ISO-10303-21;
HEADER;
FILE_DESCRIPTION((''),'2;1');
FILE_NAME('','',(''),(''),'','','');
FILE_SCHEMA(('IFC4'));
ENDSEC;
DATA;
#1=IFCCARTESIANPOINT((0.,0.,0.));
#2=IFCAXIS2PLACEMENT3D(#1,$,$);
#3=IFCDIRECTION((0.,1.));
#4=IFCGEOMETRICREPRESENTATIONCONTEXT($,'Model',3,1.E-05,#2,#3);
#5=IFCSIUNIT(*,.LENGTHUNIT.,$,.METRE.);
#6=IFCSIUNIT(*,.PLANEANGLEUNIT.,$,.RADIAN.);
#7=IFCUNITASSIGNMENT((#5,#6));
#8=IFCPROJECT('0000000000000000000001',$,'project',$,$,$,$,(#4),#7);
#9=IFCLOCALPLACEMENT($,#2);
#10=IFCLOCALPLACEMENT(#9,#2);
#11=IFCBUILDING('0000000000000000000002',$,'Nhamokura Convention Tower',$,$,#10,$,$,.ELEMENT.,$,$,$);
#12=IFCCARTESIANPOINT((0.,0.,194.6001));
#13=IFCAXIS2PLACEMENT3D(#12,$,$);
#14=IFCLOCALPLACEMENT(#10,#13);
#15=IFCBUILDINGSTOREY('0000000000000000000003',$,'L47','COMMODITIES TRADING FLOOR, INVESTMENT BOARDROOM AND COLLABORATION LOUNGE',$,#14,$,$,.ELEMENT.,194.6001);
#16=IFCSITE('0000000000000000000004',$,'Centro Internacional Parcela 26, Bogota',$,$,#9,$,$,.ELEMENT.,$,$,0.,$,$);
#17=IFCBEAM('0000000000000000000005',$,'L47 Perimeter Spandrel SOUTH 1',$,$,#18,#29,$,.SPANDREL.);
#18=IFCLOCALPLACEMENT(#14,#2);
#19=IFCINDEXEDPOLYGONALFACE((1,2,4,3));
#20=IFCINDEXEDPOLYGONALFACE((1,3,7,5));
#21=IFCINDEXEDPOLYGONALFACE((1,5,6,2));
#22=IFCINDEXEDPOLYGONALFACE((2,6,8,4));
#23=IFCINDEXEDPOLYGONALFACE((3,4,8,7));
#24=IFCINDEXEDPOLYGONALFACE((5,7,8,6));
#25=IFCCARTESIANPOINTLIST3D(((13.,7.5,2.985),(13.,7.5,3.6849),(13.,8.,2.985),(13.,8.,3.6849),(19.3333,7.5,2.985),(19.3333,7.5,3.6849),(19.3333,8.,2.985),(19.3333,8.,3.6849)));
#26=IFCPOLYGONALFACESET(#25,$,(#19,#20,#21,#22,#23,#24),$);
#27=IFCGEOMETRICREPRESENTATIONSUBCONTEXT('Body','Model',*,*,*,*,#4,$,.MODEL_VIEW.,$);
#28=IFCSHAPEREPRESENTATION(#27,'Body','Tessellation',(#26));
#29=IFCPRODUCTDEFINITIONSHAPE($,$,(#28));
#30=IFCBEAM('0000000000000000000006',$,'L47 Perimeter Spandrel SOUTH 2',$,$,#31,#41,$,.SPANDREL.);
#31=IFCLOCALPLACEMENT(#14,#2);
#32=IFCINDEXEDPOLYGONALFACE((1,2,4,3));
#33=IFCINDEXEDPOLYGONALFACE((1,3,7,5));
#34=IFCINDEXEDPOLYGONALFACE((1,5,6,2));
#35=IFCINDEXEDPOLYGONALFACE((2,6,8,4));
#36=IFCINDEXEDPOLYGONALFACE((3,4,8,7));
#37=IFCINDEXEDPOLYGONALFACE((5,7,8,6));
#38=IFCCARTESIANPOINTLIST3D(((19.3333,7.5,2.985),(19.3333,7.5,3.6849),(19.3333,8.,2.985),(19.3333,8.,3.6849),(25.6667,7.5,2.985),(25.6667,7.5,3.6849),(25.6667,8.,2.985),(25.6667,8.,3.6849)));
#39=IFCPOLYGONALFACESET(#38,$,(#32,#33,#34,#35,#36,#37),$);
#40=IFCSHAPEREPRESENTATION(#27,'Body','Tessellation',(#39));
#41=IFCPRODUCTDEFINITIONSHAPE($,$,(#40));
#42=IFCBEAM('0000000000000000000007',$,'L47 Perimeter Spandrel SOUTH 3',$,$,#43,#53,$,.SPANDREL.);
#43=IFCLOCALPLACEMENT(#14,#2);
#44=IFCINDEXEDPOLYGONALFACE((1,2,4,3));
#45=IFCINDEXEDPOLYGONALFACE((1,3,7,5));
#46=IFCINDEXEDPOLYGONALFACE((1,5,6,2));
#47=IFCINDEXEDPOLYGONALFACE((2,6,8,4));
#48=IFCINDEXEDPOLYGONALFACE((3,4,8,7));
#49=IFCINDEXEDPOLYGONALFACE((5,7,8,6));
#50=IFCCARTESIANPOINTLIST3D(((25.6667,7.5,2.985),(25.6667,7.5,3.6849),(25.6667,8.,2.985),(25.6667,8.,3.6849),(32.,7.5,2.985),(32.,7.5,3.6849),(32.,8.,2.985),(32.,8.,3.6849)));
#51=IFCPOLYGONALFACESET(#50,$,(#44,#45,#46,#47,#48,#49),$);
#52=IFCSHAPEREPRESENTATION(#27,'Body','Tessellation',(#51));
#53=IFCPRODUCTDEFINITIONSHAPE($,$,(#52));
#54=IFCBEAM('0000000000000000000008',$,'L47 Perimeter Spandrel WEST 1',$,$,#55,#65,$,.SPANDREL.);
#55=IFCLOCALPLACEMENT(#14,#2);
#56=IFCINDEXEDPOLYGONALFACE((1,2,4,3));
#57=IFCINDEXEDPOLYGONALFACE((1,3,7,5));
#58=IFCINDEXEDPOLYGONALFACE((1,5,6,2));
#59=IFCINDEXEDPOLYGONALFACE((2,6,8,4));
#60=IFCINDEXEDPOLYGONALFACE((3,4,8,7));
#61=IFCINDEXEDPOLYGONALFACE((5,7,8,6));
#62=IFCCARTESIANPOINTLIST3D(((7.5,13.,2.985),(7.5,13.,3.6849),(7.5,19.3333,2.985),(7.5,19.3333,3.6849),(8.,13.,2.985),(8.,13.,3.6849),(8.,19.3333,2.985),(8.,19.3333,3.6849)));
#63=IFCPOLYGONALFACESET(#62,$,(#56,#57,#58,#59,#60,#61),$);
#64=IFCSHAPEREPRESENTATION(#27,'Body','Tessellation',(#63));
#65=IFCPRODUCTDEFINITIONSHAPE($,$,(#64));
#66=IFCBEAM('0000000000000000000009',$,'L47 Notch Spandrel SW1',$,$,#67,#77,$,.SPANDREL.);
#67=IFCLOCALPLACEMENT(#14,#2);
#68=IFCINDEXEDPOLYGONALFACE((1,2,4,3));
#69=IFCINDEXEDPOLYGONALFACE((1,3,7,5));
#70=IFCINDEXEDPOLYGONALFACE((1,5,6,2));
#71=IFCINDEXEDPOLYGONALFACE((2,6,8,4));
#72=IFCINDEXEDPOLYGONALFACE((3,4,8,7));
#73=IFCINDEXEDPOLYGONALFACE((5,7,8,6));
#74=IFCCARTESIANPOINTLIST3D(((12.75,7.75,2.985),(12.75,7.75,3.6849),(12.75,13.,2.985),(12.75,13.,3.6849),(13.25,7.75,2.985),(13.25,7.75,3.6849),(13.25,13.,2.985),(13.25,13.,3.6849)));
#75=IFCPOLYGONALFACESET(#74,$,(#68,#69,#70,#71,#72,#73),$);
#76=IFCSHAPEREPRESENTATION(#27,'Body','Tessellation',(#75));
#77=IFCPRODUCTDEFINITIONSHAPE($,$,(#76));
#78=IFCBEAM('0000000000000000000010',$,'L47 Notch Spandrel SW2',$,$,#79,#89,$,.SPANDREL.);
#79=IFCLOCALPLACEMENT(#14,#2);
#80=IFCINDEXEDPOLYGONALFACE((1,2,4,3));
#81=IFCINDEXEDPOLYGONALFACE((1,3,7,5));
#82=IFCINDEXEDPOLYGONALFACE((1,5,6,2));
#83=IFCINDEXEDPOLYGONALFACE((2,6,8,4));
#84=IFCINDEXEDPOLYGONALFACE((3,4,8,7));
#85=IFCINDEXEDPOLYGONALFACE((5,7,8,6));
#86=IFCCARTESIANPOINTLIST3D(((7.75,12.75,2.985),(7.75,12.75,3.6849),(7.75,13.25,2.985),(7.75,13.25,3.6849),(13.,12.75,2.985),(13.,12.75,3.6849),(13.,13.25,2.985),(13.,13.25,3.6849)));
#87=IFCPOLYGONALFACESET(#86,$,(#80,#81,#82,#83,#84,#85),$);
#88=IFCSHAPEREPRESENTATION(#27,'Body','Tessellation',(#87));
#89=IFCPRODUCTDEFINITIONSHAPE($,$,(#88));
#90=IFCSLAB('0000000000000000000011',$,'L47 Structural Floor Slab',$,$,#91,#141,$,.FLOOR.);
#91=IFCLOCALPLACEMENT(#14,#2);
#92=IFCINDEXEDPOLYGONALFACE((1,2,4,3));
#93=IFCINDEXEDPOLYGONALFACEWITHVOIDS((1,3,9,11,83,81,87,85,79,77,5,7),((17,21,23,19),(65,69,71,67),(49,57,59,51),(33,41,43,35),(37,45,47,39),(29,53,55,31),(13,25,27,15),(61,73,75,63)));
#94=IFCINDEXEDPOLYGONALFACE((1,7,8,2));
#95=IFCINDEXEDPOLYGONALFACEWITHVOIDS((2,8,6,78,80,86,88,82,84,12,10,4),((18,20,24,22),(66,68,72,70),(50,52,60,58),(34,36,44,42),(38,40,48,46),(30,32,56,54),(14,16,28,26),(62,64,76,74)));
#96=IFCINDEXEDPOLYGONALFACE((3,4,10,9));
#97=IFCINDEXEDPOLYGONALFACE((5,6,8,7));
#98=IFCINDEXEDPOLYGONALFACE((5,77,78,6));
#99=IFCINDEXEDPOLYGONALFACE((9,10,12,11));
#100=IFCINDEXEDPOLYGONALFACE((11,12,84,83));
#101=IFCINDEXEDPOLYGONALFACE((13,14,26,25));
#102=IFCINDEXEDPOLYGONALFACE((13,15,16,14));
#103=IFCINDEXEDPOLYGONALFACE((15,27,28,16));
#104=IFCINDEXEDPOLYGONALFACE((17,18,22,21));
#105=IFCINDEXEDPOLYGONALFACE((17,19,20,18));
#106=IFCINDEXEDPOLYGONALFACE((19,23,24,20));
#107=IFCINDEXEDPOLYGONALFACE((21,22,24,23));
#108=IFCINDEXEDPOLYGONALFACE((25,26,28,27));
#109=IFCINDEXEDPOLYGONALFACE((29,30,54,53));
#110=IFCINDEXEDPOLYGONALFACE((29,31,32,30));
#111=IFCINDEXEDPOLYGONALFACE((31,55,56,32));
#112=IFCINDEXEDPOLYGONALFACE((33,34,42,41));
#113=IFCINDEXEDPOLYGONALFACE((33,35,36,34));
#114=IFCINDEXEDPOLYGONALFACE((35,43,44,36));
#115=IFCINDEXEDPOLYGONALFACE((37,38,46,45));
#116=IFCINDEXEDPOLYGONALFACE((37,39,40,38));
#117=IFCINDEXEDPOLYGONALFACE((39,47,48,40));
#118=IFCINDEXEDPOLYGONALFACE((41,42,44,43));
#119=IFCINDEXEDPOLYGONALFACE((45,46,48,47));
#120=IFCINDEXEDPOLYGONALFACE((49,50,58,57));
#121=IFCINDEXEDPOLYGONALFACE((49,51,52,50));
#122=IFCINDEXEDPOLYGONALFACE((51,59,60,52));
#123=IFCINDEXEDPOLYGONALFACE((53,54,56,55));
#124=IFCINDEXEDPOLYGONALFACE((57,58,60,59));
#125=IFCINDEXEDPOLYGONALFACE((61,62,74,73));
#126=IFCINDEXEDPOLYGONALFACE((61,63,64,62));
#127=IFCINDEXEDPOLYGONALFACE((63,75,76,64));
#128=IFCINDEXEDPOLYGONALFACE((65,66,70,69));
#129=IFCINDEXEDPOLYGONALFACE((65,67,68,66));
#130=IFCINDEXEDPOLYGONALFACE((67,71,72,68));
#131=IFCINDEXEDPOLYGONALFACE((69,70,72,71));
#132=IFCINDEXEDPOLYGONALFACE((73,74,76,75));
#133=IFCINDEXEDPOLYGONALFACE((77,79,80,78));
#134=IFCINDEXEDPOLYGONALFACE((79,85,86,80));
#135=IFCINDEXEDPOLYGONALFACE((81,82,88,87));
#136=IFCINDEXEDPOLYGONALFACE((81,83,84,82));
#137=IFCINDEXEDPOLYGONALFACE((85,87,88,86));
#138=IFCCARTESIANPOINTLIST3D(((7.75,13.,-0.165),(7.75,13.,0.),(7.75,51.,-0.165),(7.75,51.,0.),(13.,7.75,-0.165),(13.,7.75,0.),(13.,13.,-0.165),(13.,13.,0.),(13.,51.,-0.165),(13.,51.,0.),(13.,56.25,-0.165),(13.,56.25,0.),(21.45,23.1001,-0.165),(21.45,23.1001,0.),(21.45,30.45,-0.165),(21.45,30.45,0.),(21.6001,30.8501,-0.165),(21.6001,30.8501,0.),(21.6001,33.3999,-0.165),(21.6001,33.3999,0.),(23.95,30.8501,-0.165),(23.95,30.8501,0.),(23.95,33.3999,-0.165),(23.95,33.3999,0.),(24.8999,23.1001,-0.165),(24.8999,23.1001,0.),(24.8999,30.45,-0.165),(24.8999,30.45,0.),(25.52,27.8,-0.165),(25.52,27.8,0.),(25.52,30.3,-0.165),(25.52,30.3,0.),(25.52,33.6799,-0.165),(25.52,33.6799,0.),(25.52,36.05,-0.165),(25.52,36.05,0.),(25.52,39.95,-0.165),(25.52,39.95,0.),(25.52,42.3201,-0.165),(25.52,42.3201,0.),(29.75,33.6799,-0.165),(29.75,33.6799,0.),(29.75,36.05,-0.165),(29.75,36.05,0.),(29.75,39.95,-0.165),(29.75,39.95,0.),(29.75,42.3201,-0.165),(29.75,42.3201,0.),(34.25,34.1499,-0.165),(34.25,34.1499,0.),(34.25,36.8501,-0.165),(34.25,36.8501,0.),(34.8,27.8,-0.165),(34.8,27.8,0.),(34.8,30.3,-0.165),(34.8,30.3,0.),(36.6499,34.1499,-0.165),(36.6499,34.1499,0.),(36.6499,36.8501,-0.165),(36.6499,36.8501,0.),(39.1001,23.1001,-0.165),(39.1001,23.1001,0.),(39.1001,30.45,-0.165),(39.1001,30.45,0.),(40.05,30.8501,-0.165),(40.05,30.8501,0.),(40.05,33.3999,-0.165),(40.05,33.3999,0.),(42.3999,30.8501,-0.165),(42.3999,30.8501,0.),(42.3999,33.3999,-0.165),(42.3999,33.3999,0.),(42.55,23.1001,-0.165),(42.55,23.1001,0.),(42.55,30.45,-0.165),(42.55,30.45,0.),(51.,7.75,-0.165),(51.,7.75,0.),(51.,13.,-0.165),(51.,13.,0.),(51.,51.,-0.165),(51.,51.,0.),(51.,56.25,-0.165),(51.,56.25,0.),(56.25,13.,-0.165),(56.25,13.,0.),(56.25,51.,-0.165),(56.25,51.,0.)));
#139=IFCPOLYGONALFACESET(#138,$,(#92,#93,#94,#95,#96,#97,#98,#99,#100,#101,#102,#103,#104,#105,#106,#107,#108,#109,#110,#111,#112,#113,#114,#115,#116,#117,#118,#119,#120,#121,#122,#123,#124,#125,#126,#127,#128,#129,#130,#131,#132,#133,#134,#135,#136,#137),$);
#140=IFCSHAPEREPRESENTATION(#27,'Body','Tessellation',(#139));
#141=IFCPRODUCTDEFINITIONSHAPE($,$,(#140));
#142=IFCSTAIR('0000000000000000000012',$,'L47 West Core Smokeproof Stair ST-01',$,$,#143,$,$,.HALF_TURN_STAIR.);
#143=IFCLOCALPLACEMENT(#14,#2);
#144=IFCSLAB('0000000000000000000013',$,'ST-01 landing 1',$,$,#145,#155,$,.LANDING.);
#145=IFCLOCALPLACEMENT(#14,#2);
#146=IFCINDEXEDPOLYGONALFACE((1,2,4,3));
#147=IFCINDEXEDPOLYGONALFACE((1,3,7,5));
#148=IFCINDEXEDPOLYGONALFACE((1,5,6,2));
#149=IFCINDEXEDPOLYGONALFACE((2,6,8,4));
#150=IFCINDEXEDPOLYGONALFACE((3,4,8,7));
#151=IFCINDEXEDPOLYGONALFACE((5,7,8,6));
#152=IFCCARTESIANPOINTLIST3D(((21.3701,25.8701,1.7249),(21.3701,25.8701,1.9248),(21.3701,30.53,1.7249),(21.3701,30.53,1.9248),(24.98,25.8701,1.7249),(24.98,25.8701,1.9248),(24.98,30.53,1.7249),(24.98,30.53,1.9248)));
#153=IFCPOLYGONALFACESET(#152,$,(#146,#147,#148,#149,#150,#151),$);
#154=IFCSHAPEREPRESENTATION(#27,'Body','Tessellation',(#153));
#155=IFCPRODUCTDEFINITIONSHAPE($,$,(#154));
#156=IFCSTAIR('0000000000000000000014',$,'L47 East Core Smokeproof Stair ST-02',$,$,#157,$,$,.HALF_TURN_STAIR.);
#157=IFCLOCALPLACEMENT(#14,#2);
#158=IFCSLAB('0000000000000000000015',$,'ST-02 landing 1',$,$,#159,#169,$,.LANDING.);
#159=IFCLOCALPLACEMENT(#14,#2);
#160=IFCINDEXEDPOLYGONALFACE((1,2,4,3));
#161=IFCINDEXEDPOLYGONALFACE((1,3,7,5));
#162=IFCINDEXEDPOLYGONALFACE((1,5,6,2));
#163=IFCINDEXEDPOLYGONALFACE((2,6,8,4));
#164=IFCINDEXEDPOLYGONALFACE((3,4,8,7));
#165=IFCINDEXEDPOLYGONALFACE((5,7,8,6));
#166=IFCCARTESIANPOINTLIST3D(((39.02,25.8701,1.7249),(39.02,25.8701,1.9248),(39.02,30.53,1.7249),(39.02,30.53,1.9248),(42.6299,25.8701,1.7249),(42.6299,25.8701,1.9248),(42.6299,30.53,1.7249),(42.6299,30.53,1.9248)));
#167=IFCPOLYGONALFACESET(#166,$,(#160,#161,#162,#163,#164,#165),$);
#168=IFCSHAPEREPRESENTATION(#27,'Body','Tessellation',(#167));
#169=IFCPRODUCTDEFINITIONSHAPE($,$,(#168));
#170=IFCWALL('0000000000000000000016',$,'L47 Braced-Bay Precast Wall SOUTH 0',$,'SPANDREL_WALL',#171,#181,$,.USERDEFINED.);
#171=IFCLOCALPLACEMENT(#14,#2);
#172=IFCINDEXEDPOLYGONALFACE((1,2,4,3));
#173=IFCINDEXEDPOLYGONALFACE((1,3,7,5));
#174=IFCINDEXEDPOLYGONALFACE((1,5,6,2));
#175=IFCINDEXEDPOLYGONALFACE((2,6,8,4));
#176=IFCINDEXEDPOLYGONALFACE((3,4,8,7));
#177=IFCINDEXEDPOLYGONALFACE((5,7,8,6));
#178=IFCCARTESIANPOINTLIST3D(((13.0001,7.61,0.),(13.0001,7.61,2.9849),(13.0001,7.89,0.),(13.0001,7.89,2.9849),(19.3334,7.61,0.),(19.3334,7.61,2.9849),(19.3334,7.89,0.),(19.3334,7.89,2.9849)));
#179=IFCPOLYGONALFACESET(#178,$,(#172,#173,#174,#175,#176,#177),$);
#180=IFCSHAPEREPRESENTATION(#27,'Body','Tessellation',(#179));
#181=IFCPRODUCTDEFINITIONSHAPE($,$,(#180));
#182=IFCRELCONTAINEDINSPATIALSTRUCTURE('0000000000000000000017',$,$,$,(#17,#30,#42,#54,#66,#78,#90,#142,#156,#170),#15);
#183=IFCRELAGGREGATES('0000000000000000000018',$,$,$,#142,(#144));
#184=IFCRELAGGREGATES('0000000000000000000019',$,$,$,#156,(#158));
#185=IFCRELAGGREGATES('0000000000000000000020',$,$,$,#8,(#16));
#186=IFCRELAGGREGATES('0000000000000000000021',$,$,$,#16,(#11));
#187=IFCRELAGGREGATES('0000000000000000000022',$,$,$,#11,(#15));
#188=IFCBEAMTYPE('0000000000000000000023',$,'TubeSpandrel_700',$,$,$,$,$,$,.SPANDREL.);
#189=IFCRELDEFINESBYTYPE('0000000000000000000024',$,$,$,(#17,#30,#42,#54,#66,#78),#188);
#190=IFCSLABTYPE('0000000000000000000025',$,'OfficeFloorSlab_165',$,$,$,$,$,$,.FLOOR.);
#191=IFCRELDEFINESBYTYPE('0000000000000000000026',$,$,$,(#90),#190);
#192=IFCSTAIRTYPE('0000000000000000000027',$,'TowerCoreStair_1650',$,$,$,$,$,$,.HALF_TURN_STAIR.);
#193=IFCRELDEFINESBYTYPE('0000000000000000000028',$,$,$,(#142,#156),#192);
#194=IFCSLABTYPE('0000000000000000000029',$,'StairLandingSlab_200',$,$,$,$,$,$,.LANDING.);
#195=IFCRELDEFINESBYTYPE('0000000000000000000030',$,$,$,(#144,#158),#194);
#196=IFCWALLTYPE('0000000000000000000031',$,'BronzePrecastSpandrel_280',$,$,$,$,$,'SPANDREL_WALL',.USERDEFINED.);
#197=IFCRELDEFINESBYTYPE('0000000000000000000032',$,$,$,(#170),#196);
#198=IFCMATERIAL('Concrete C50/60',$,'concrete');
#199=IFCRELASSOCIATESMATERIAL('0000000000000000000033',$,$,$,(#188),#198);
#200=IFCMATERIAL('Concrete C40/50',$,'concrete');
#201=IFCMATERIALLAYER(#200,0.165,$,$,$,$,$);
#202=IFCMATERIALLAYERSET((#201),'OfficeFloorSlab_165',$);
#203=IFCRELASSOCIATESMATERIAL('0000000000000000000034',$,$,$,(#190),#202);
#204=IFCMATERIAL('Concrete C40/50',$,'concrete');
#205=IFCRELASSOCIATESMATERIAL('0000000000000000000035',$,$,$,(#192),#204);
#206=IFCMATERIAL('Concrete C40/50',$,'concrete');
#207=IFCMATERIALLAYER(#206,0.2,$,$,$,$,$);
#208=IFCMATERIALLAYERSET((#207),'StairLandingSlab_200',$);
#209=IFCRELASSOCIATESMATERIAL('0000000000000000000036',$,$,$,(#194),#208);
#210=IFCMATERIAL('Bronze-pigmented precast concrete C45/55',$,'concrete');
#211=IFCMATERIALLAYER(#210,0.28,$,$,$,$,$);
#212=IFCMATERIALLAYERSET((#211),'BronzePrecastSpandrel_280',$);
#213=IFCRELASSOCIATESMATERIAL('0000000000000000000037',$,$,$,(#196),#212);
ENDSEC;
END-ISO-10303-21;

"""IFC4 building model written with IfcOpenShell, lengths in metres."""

from ifc_helpers import new_model, si_unit, direction, frame, frame_2d, origin, origin_2d, place, context, subcontext, project, spatial, polyline, rectangle, outline, extrude, material, layer, layer_set, material_profile, profile_set, type_object, element, aggregate, save


model = new_model("IFC4")

# Units and contexts
model_context = context("Model", 3, precision=1e-05, world=origin(), true_north=direction((0.0, 1.0)))
body_context = subcontext(model_context, "Body", "Model", "MODEL_VIEW")
ifc_project = project(units=[si_unit("LENGTHUNIT", "METRE"), si_unit("PLANEANGLEUNIT", "RADIAN")], contexts=[model_context])

# Site, building, storey
site_placement = place(None, origin())
site = spatial("IfcSite", under=ifc_project, at=site_placement, Name="Centro Internacional Parcela 26, Bogota", CompositionType="ELEMENT", RefElevation=0.0)
building_placement = place(site_placement, origin())
building = spatial("IfcBuilding", under=site, at=building_placement, Name="Nhamokura Convention Tower", CompositionType="ELEMENT")
storey_placement = place(building_placement, frame((0.0, 0.0, 194.6001)))
storey = spatial("IfcBuildingStorey", under=building, at=storey_placement, Name="L47", Description="COMMODITIES TRADING FLOOR, INVESTMENT BOARDROOM AND COLLABORATION LOUNGE", CompositionType="ELEMENT", Elevation=194.6001)

# Beams
ifc_material_1 = material(Name="Concrete C50/60", Category="concrete")
ifc_material_profile_1 = material_profile(ifc_material_1, rectangle(XDim=0.5, YDim=0.7, at=origin_2d()))
ifc_profile_set_1 = profile_set([ifc_material_profile_1], Name="Concrete C50/60")
beam_type_1 = type_object("IfcBeamType", Name="TubeSpandrel_700", PredefinedType="SPANDREL", material=ifc_profile_set_1)
beam_1_placement = place(storey_placement, frame((13.0, 7.75, 3.335), z_axis=(1.0, 0.0, 0.0), x_axis=(0.0, 1.0, 0.0)))
element("IfcBeam", 1, at=beam_1_placement, inside=storey, type_object=beam_type_1, Name="L47 Perimeter Spandrel SOUTH 1", PredefinedType="SPANDREL", context=body_context, shape_type="SweptSolid", body=[
    extrude(rectangle(XDim=0.5, YDim=0.7, at=origin_2d()), origin(), (0.0, 0.0, 1.0), 6.3333),
])
beam_2_placement = place(storey_placement, frame((19.3333, 7.75, 3.335), z_axis=(1.0, 0.0, 0.0), x_axis=(0.0, 1.0, 0.0)))
element("IfcBeam", 2, at=beam_2_placement, inside=storey, type_object=beam_type_1, Name="L47 Perimeter Spandrel SOUTH 2", PredefinedType="SPANDREL", context=body_context, shape_type="SweptSolid", body=[
    extrude(rectangle(XDim=0.5, YDim=0.7, at=origin_2d()), origin(), (0.0, 0.0, 1.0), 6.3335),
])
for number, where, z_axis, x_axis, name in (
    (3, (25.6667, 7.75, 3.335), (1.0, 0.0, 0.0), (0.0, 1.0, 0.0), "L47 Perimeter Spandrel SOUTH 3"),
    (4, (7.75, 13.0, 3.335), (0.0, 1.0, 0.0), (-1.0, 0.0, 0.0), "L47 Perimeter Spandrel WEST 1"),
):
    element("IfcBeam", number, at=place(storey_placement, frame(where, z_axis=z_axis, x_axis=x_axis)), inside=storey, type_object=beam_type_1, Name=name, PredefinedType="SPANDREL", context=body_context, shape_type="SweptSolid", body=[
        extrude(rectangle(XDim=0.5, YDim=0.7, at=origin_2d()), origin(), (0.0, 0.0, 1.0), 6.3333),
    ])
for number, where, z_axis, x_axis, name in (
    (5, (13.0, 7.75, 3.335), (0.0, 1.0, 0.0), (-1.0, 0.0, 0.0), "L47 Notch Spandrel SW1"),
    (6, (13.0, 13.0, 3.335), (-1.0, 0.0, 0.0), (0.0, -1.0, 0.0), "L47 Notch Spandrel SW2"),
):
    element("IfcBeam", number, at=place(storey_placement, frame(where, z_axis=z_axis, x_axis=x_axis)), inside=storey, type_object=beam_type_1, Name=name, PredefinedType="SPANDREL", context=body_context, shape_type="SweptSolid", body=[
        extrude(rectangle(XDim=0.5, YDim=0.7, at=origin_2d()), origin(), (0.0, 0.0, 1.0), 5.25),
    ])

# Slab
ifc_material_2 = material(Name="Concrete C40/50", Category="concrete")
ifc_layer_1 = layer(ifc_material_2, 0.165)
ifc_layer_set_1 = layer_set([ifc_layer_1], Name="OfficeFloorSlab_165")
slab_type_1 = type_object("IfcSlabType", Name="OfficeFloorSlab_165", PredefinedType="FLOOR", material=ifc_layer_set_1)
slab_1_placement = place(storey_placement, frame((0.0, 0.0, -0.165)))
element("IfcSlab", 7, at=slab_1_placement, inside=storey, type_object=slab_type_1, Name="L47 Structural Floor Slab", PredefinedType="FLOOR", context=body_context, shape_type="SweptSolid", body=[
    extrude(outline(polyline([(13.0, 7.75), (51.0, 7.75), (51.0, 13.0), (56.25, 13.0), (56.25, 51.0), (51.0, 51.0), (51.0, 56.25), (13.0, 56.25), (13.0, 51.0), (7.75, 51.0), (7.75, 13.0), (13.0, 13.0), (13.0, 7.75)]), holes=[polyline([(24.8999, 23.1001), (24.8999, 30.45), (21.45, 30.45), (21.45, 23.1001), (24.8999, 23.1001)]), polyline([(42.55, 23.1001), (42.55, 30.45), (39.1001, 30.45), (39.1001, 23.1001), (42.55, 23.1001)]), polyline([(21.6001, 30.8501), (23.95, 30.8501), (23.95, 33.3999), (21.6001, 33.3999), (21.6001, 30.8501)]), polyline([(40.05, 30.8501), (42.3999, 30.8501), (42.3999, 33.3999), (40.05, 33.3999), (40.05, 30.8501)]), polyline([(34.25, 34.1499), (36.6499, 34.1499), (36.6499, 36.8501), (34.25, 36.8501), (34.25, 34.1499)]), polyline([(25.52, 27.8), (34.8, 27.8), (34.8, 30.3), (25.52, 30.3), (25.52, 27.8)]), polyline([(25.52, 33.6799), (29.75, 33.6799), (29.75, 36.05), (25.52, 36.05), (25.52, 33.6799)]), polyline([(25.52, 39.95), (29.75, 39.95), (29.75, 42.3201), (25.52, 42.3201), (25.52, 39.95)])]), origin(), (0.0, 0.0, 1.0), 0.165),
])

# Stairs, slabs
ifc_material_3 = material(Name="Concrete C40/50", Category="concrete")
stair_type = type_object("IfcStairType", Name="TowerCoreStair_1650", PredefinedType="HALF_TURN_STAIR", material=ifc_material_3)
stair_1_placement = place(storey_placement, origin())
stair_1 = element("IfcStair", 8, at=stair_1_placement, inside=storey, type_object=stair_type, Name="L47 West Core Smokeproof Stair ST-01", PredefinedType="HALF_TURN_STAIR")
ifc_material_4 = material(Name="Concrete C40/50", Category="concrete")
ifc_layer_2 = layer(ifc_material_4, 0.2)
ifc_layer_set_2 = layer_set([ifc_layer_2], Name="StairLandingSlab_200")
slab_type_2 = type_object("IfcSlabType", Name="StairLandingSlab_200", PredefinedType="LANDING", material=ifc_layer_set_2)
slab_2_placement = place(storey_placement, frame((0.0, 0.0, 1.7249)))
slab_2 = element("IfcSlab", 9, at=slab_2_placement, type_object=slab_type_2, Name="ST-01 landing 1", PredefinedType="LANDING", context=body_context, shape_type="SweptSolid", body=[
    extrude(outline(polyline([(24.98, 25.8701), (24.98, 30.53), (21.3701, 30.53), (21.3701, 25.8701), (24.98, 25.8701)])), origin(), (0.0, 0.0, 1.0), 0.2),
])
aggregate(stair_1, [slab_2])
stair_2_placement = place(storey_placement, origin())
stair_2 = element("IfcStair", 10, at=stair_2_placement, inside=storey, type_object=stair_type, Name="L47 East Core Smokeproof Stair ST-02", PredefinedType="HALF_TURN_STAIR")
slab_3_placement = place(storey_placement, frame((0.0, 0.0, 1.7249)))
slab_3 = element("IfcSlab", 11, at=slab_3_placement, type_object=slab_type_2, Name="ST-02 landing 1", PredefinedType="LANDING", context=body_context, shape_type="SweptSolid", body=[
    extrude(outline(polyline([(42.6299, 25.8701), (42.6299, 30.53), (39.02, 30.53), (39.02, 25.8701), (42.6299, 25.8701)])), origin(), (0.0, 0.0, 1.0), 0.2),
])
aggregate(stair_2, [slab_3])

# Wall
ifc_material_5 = material(Name="Bronze-pigmented precast concrete C45/55", Category="concrete")
ifc_layer_3 = layer(ifc_material_5, 0.28)
ifc_layer_set_3 = layer_set([ifc_layer_3], Name="BronzePrecastSpandrel_280")
wall_type_1 = type_object("IfcWallType", Name="BronzePrecastSpandrel_280", ElementType="SPANDREL_WALL", PredefinedType="USERDEFINED", material=ifc_layer_set_3)
wall_1_placement = place(storey_placement, frame((19.3333, 7.75, 0.0), z_axis=(0.0, 0.0, 1.0), x_axis=(-1.0, 0.0, 0.0)))
element("IfcWall", 12, at=wall_1_placement, inside=storey, type_object=wall_type_1, Name="L47 Braced-Bay Precast Wall SOUTH 0", ObjectType="SPANDREL_WALL", PredefinedType="USERDEFINED", context=body_context, shape_type="SweptSolid", body=[
    extrude(rectangle(XDim=6.3333, YDim=0.28, at=frame_2d((3.1665, 0.0))), origin(), (0.0, 0.0, 1.0), 2.9849),
])

save(model, "model.ifc")
